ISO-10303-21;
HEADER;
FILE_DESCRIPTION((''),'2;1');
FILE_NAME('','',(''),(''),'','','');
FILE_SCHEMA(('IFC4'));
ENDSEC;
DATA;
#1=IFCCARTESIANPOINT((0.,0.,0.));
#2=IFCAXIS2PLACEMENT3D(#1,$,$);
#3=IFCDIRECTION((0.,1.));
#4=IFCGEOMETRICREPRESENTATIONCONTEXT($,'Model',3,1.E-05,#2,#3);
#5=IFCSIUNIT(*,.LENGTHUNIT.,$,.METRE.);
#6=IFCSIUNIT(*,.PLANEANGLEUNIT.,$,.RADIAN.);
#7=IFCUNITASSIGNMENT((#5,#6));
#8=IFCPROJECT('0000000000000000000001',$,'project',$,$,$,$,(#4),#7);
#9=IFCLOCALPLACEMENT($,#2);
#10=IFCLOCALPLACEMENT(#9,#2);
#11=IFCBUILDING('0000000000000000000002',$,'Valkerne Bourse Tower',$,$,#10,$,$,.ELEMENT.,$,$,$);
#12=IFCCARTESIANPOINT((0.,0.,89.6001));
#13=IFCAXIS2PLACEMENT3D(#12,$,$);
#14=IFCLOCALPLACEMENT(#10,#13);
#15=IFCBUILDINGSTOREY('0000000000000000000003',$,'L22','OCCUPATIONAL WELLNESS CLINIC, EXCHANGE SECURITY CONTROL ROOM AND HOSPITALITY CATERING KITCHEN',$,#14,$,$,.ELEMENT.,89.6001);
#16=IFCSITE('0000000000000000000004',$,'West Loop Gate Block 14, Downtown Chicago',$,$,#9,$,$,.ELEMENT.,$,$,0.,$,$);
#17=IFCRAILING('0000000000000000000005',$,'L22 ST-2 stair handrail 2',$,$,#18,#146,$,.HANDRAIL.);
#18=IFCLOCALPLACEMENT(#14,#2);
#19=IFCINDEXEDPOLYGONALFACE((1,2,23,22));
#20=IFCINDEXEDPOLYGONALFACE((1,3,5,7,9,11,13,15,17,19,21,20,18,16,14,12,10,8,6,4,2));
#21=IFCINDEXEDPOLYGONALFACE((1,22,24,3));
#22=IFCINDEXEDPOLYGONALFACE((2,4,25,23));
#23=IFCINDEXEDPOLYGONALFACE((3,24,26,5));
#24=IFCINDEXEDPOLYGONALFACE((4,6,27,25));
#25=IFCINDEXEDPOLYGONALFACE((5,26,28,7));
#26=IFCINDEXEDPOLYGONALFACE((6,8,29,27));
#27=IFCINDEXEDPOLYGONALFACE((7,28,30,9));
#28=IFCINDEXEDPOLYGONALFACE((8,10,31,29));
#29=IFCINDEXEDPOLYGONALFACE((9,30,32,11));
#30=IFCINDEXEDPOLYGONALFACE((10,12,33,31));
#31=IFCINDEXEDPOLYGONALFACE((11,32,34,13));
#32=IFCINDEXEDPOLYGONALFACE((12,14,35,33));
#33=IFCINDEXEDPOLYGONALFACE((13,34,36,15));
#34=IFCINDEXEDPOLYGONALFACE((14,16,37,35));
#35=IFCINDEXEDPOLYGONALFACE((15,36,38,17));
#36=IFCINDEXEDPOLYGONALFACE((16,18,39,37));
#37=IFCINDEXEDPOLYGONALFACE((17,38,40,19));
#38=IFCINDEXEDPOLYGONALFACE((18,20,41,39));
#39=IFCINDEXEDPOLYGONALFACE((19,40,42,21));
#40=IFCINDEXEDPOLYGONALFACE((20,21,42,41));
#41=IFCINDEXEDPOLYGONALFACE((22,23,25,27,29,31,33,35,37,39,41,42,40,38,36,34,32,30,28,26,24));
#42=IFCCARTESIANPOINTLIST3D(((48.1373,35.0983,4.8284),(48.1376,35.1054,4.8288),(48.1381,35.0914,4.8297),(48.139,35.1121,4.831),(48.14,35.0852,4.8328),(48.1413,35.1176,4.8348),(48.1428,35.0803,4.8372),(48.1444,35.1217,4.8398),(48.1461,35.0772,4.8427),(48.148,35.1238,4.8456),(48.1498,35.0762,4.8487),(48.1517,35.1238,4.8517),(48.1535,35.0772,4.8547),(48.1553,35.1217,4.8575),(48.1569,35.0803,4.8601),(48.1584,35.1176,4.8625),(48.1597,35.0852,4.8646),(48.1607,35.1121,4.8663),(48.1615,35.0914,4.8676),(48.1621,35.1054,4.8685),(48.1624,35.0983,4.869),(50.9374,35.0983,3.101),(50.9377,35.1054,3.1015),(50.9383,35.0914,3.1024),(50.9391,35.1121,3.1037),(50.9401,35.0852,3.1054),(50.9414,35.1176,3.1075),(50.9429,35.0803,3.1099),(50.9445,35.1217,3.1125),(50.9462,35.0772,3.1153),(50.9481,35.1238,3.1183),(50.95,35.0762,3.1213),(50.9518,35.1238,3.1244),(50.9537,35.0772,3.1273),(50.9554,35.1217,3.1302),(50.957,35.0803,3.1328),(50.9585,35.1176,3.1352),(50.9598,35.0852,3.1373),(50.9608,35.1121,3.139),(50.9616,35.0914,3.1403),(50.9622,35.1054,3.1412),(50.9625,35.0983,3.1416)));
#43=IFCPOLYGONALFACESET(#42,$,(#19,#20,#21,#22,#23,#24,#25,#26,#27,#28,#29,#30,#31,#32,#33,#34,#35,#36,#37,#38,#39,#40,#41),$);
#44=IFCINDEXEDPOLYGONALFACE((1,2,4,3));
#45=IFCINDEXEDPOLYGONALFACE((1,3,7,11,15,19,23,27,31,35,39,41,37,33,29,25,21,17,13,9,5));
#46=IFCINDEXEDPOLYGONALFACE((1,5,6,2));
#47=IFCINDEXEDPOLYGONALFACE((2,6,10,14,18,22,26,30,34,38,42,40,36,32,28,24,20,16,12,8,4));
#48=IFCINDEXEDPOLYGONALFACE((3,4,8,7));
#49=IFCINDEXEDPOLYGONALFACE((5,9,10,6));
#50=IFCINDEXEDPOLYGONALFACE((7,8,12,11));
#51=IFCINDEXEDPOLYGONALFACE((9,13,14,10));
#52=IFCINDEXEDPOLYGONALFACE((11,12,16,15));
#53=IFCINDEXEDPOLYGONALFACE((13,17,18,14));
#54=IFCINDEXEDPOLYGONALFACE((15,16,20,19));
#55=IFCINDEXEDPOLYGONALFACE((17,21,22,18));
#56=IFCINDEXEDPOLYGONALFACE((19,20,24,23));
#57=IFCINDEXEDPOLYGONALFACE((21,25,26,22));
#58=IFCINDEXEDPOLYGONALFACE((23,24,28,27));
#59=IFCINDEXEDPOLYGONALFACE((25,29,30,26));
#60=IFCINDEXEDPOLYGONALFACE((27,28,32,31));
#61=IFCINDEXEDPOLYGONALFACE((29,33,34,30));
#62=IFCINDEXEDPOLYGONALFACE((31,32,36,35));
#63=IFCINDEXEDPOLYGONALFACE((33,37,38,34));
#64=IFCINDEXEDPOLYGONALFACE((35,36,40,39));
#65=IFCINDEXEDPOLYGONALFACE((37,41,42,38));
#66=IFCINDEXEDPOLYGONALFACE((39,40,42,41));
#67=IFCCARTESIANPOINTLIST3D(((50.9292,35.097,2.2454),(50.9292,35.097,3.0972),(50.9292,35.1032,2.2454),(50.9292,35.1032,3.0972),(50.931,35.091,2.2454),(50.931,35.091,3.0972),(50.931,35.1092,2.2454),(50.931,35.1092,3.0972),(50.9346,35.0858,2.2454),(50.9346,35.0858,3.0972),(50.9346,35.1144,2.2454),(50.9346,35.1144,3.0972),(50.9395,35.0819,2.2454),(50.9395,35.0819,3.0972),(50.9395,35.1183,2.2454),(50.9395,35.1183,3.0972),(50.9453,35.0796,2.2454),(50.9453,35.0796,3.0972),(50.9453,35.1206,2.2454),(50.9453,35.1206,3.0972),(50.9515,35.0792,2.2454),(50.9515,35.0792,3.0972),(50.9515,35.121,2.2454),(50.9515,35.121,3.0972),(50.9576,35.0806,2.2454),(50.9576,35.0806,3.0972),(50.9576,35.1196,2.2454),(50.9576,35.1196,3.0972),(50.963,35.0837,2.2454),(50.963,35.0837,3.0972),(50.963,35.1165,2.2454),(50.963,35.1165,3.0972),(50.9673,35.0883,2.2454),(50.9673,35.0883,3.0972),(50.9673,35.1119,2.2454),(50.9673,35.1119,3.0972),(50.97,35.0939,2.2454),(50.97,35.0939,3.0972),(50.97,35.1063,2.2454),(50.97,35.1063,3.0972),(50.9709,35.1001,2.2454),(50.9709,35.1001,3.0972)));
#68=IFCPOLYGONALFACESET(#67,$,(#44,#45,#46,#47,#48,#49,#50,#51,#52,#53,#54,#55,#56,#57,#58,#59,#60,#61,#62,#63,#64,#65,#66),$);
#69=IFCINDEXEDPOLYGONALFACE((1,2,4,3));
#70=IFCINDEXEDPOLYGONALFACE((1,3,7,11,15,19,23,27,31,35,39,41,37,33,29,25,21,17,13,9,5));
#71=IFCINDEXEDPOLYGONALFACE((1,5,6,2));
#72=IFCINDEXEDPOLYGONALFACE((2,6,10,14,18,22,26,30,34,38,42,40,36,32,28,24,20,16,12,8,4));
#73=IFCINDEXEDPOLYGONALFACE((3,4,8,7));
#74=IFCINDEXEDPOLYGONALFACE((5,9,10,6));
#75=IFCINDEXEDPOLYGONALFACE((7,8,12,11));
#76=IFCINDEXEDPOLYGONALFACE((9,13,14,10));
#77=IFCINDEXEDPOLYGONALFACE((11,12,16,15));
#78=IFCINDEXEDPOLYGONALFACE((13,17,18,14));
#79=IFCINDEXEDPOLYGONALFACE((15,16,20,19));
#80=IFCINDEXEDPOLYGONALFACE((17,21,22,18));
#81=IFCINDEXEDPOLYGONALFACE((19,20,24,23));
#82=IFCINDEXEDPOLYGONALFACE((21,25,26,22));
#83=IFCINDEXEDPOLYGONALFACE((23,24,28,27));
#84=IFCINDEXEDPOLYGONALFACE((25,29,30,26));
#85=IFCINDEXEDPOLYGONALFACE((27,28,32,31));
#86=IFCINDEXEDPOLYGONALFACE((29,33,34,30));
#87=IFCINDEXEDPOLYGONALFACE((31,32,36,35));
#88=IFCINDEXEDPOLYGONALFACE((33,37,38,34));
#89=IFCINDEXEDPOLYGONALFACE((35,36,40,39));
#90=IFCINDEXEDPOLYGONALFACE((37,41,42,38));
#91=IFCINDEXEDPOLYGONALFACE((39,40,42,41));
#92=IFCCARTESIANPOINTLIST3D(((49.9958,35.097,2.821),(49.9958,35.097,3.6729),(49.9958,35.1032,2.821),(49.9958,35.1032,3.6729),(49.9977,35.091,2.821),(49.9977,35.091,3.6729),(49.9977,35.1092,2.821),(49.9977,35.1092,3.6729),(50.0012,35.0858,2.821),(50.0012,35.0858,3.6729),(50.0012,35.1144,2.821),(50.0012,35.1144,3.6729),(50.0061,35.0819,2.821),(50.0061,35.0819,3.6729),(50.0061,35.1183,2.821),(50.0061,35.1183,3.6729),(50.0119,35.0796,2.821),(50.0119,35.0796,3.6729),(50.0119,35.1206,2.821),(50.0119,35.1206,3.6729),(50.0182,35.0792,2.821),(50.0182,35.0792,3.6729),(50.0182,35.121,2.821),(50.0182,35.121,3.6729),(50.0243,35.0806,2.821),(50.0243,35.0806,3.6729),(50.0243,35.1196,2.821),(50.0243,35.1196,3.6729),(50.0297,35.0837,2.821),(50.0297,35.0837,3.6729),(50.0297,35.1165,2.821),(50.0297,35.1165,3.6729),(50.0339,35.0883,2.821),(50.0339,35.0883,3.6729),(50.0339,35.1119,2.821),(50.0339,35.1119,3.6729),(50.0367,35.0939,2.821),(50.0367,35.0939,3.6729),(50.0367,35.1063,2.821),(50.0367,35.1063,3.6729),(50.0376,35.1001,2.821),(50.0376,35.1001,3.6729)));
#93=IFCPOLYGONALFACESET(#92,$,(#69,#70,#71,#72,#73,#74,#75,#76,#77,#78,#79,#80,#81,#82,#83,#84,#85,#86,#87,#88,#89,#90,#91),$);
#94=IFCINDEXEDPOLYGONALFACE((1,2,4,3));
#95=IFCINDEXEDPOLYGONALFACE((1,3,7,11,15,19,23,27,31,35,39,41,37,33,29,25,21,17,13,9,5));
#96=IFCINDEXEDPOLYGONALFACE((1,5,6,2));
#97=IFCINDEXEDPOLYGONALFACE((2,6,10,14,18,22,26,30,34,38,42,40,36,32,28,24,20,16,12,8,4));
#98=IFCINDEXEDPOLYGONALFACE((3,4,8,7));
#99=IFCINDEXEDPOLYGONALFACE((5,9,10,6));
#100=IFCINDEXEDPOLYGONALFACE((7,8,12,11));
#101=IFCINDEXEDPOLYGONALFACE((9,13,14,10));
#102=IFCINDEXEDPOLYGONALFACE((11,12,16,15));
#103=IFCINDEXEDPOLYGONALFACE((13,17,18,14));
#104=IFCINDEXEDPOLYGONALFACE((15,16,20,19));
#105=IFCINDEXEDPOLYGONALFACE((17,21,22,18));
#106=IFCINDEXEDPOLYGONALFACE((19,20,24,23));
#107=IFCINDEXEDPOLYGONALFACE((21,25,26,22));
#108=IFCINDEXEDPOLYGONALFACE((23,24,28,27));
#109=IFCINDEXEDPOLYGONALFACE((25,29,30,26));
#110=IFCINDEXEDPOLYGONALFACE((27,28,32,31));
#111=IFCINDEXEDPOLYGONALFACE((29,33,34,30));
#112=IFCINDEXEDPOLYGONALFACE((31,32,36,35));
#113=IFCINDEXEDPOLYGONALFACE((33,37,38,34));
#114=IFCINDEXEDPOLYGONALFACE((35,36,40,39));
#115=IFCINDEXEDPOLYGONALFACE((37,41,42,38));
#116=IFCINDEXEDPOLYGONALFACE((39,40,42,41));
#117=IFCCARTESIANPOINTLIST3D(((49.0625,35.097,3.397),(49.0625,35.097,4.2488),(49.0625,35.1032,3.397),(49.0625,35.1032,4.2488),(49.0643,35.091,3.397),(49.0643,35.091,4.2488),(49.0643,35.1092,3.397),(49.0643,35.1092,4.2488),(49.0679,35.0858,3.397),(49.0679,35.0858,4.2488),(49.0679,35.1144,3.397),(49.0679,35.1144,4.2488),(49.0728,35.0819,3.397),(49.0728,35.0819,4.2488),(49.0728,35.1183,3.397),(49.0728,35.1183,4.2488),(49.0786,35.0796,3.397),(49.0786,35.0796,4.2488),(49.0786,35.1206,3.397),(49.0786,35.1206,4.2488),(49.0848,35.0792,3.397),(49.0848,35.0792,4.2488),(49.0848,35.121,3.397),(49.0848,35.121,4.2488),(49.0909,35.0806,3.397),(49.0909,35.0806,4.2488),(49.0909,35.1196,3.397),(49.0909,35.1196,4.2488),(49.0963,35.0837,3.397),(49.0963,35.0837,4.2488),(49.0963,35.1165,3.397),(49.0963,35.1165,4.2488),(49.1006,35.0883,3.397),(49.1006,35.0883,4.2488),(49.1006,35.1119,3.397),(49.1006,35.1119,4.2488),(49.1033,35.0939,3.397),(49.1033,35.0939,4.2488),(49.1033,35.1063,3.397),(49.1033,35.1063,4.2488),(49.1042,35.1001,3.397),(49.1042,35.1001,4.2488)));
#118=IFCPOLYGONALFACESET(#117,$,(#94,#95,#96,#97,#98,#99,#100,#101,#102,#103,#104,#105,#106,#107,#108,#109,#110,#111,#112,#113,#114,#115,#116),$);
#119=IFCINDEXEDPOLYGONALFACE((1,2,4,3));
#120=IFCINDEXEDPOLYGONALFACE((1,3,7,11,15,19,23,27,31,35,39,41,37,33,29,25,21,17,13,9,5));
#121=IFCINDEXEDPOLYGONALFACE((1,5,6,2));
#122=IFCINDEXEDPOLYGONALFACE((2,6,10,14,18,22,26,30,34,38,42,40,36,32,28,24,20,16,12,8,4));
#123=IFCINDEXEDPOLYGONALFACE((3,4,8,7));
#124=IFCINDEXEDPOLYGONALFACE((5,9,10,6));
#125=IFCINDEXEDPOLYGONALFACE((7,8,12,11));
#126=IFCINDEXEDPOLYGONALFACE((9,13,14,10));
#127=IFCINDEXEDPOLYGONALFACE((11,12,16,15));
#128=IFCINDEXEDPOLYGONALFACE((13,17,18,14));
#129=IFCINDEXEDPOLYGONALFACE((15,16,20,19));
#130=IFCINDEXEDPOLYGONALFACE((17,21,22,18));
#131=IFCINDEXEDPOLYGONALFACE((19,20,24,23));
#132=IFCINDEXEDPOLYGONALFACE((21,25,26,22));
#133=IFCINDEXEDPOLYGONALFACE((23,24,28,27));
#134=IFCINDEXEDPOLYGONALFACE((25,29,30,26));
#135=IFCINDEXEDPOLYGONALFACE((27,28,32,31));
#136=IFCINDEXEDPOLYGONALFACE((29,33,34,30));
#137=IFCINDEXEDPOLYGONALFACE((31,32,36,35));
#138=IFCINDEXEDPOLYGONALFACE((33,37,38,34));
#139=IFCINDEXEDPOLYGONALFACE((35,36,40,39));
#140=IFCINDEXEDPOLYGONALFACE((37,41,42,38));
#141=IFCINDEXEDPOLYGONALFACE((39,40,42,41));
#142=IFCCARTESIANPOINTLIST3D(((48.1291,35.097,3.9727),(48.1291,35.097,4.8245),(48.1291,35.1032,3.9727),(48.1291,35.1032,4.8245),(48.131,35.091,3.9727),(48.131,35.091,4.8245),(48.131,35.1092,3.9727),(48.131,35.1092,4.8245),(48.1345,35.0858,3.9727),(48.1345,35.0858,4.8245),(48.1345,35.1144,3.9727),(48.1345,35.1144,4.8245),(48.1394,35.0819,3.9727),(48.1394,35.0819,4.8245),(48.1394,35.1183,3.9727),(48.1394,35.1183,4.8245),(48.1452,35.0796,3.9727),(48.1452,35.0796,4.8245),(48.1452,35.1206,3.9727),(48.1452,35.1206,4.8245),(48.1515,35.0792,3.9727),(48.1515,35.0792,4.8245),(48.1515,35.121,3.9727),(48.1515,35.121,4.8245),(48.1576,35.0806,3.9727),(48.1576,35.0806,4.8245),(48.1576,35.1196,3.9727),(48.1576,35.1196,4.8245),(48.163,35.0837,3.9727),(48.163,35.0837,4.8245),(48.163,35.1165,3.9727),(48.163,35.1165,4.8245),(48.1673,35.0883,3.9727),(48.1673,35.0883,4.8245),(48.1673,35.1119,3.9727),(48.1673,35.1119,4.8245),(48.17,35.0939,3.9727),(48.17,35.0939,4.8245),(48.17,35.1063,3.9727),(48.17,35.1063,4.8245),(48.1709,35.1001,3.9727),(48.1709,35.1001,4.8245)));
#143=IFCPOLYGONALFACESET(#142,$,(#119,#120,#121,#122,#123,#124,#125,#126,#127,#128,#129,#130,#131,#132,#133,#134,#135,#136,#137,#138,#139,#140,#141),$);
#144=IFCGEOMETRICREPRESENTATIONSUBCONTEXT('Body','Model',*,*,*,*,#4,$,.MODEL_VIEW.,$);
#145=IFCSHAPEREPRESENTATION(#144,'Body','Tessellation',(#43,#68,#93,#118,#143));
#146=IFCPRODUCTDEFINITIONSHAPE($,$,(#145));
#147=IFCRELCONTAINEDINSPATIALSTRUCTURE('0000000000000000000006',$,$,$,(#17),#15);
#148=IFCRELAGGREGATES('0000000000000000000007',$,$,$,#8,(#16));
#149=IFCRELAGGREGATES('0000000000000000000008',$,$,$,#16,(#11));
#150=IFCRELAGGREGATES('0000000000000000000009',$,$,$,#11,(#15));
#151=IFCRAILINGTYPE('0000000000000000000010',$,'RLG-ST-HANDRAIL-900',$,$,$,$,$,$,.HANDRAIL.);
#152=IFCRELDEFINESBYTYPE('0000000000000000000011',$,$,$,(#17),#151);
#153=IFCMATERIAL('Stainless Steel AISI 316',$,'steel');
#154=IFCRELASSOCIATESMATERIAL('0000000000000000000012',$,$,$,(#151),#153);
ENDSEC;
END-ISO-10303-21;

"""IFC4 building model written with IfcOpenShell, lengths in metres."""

from ifc_helpers import new_model, si_unit, direction, frame, origin, origin_2d, place, context, subcontext, project, spatial, circle, extrude, material, type_object, element, save


model = new_model("IFC4")

# Units and contexts
model_context = context("Model", 3, precision=1e-05, world=origin(), true_north=direction((0.0, 1.0)))
body_context = subcontext(model_context, "Body", "Model", "MODEL_VIEW")
ifc_project = project(units=[si_unit("LENGTHUNIT", "METRE"), si_unit("PLANEANGLEUNIT", "RADIAN")], contexts=[model_context])

# Site, building, storey
site_placement = place(None, origin())
site = spatial("IfcSite", under=ifc_project, at=site_placement, Name="West Loop Gate Block 14, Downtown Chicago", CompositionType="ELEMENT", RefElevation=0.0)
building_placement = place(site_placement, origin())
building = spatial("IfcBuilding", under=site, at=building_placement, Name="Valkerne Bourse Tower", CompositionType="ELEMENT")
storey_placement = place(building_placement, frame((0.0, 0.0, 89.6001)))
storey = spatial("IfcBuildingStorey", under=building, at=storey_placement, Name="L22", Description="OCCUPATIONAL WELLNESS CLINIC, EXCHANGE SECURITY CONTROL ROOM AND HOSPITALITY CATERING KITCHEN", CompositionType="ELEMENT", Elevation=89.6001)

# Railing
ifc_material_1 = material(Name="Stainless Steel AISI 316", Category="steel")
railing_type_1 = type_object("IfcRailingType", Name="RLG-ST-HANDRAIL-900", PredefinedType="HANDRAIL", material=ifc_material_1)
railing_1_placement = place(storey_placement, frame((50.95, 35.1001, 2.2454)))
element("IfcRailing", 1, at=railing_1_placement, inside=storey, type_object=railing_type_1, Name="L22 ST-2 stair handrail 2", PredefinedType="HANDRAIL", context=body_context, shape_type="SweptSolid", body=[
    extrude(circle(Radius=0.0239, at=origin_2d()), frame((0.0, 0.0, 0.876), z_axis=(-0.85109, 0.0, 0.52502), x_axis=(0.0, -1.0, 0.0)), (0.0, 0.0, 1.0), 3.29),
    extrude(circle(Radius=0.021, at=origin_2d()), origin(), (0.0, 0.0, 1.0), 0.8518),
    extrude(circle(Radius=0.021, at=origin_2d()), frame((-0.9333, 0.0, 0.5757)), (0.0, 0.0, 1.0), 0.8518),
    extrude(circle(Radius=0.021, at=origin_2d()), frame((-1.8667, 0.0, 1.1516)), (0.0, 0.0, 1.0), 0.8518),
    extrude(circle(Radius=0.021, at=origin_2d()), frame((-2.8, 0.0, 1.7273)), (0.0, 0.0, 1.0), 0.8518),
])

save(model, "model.ifc")
